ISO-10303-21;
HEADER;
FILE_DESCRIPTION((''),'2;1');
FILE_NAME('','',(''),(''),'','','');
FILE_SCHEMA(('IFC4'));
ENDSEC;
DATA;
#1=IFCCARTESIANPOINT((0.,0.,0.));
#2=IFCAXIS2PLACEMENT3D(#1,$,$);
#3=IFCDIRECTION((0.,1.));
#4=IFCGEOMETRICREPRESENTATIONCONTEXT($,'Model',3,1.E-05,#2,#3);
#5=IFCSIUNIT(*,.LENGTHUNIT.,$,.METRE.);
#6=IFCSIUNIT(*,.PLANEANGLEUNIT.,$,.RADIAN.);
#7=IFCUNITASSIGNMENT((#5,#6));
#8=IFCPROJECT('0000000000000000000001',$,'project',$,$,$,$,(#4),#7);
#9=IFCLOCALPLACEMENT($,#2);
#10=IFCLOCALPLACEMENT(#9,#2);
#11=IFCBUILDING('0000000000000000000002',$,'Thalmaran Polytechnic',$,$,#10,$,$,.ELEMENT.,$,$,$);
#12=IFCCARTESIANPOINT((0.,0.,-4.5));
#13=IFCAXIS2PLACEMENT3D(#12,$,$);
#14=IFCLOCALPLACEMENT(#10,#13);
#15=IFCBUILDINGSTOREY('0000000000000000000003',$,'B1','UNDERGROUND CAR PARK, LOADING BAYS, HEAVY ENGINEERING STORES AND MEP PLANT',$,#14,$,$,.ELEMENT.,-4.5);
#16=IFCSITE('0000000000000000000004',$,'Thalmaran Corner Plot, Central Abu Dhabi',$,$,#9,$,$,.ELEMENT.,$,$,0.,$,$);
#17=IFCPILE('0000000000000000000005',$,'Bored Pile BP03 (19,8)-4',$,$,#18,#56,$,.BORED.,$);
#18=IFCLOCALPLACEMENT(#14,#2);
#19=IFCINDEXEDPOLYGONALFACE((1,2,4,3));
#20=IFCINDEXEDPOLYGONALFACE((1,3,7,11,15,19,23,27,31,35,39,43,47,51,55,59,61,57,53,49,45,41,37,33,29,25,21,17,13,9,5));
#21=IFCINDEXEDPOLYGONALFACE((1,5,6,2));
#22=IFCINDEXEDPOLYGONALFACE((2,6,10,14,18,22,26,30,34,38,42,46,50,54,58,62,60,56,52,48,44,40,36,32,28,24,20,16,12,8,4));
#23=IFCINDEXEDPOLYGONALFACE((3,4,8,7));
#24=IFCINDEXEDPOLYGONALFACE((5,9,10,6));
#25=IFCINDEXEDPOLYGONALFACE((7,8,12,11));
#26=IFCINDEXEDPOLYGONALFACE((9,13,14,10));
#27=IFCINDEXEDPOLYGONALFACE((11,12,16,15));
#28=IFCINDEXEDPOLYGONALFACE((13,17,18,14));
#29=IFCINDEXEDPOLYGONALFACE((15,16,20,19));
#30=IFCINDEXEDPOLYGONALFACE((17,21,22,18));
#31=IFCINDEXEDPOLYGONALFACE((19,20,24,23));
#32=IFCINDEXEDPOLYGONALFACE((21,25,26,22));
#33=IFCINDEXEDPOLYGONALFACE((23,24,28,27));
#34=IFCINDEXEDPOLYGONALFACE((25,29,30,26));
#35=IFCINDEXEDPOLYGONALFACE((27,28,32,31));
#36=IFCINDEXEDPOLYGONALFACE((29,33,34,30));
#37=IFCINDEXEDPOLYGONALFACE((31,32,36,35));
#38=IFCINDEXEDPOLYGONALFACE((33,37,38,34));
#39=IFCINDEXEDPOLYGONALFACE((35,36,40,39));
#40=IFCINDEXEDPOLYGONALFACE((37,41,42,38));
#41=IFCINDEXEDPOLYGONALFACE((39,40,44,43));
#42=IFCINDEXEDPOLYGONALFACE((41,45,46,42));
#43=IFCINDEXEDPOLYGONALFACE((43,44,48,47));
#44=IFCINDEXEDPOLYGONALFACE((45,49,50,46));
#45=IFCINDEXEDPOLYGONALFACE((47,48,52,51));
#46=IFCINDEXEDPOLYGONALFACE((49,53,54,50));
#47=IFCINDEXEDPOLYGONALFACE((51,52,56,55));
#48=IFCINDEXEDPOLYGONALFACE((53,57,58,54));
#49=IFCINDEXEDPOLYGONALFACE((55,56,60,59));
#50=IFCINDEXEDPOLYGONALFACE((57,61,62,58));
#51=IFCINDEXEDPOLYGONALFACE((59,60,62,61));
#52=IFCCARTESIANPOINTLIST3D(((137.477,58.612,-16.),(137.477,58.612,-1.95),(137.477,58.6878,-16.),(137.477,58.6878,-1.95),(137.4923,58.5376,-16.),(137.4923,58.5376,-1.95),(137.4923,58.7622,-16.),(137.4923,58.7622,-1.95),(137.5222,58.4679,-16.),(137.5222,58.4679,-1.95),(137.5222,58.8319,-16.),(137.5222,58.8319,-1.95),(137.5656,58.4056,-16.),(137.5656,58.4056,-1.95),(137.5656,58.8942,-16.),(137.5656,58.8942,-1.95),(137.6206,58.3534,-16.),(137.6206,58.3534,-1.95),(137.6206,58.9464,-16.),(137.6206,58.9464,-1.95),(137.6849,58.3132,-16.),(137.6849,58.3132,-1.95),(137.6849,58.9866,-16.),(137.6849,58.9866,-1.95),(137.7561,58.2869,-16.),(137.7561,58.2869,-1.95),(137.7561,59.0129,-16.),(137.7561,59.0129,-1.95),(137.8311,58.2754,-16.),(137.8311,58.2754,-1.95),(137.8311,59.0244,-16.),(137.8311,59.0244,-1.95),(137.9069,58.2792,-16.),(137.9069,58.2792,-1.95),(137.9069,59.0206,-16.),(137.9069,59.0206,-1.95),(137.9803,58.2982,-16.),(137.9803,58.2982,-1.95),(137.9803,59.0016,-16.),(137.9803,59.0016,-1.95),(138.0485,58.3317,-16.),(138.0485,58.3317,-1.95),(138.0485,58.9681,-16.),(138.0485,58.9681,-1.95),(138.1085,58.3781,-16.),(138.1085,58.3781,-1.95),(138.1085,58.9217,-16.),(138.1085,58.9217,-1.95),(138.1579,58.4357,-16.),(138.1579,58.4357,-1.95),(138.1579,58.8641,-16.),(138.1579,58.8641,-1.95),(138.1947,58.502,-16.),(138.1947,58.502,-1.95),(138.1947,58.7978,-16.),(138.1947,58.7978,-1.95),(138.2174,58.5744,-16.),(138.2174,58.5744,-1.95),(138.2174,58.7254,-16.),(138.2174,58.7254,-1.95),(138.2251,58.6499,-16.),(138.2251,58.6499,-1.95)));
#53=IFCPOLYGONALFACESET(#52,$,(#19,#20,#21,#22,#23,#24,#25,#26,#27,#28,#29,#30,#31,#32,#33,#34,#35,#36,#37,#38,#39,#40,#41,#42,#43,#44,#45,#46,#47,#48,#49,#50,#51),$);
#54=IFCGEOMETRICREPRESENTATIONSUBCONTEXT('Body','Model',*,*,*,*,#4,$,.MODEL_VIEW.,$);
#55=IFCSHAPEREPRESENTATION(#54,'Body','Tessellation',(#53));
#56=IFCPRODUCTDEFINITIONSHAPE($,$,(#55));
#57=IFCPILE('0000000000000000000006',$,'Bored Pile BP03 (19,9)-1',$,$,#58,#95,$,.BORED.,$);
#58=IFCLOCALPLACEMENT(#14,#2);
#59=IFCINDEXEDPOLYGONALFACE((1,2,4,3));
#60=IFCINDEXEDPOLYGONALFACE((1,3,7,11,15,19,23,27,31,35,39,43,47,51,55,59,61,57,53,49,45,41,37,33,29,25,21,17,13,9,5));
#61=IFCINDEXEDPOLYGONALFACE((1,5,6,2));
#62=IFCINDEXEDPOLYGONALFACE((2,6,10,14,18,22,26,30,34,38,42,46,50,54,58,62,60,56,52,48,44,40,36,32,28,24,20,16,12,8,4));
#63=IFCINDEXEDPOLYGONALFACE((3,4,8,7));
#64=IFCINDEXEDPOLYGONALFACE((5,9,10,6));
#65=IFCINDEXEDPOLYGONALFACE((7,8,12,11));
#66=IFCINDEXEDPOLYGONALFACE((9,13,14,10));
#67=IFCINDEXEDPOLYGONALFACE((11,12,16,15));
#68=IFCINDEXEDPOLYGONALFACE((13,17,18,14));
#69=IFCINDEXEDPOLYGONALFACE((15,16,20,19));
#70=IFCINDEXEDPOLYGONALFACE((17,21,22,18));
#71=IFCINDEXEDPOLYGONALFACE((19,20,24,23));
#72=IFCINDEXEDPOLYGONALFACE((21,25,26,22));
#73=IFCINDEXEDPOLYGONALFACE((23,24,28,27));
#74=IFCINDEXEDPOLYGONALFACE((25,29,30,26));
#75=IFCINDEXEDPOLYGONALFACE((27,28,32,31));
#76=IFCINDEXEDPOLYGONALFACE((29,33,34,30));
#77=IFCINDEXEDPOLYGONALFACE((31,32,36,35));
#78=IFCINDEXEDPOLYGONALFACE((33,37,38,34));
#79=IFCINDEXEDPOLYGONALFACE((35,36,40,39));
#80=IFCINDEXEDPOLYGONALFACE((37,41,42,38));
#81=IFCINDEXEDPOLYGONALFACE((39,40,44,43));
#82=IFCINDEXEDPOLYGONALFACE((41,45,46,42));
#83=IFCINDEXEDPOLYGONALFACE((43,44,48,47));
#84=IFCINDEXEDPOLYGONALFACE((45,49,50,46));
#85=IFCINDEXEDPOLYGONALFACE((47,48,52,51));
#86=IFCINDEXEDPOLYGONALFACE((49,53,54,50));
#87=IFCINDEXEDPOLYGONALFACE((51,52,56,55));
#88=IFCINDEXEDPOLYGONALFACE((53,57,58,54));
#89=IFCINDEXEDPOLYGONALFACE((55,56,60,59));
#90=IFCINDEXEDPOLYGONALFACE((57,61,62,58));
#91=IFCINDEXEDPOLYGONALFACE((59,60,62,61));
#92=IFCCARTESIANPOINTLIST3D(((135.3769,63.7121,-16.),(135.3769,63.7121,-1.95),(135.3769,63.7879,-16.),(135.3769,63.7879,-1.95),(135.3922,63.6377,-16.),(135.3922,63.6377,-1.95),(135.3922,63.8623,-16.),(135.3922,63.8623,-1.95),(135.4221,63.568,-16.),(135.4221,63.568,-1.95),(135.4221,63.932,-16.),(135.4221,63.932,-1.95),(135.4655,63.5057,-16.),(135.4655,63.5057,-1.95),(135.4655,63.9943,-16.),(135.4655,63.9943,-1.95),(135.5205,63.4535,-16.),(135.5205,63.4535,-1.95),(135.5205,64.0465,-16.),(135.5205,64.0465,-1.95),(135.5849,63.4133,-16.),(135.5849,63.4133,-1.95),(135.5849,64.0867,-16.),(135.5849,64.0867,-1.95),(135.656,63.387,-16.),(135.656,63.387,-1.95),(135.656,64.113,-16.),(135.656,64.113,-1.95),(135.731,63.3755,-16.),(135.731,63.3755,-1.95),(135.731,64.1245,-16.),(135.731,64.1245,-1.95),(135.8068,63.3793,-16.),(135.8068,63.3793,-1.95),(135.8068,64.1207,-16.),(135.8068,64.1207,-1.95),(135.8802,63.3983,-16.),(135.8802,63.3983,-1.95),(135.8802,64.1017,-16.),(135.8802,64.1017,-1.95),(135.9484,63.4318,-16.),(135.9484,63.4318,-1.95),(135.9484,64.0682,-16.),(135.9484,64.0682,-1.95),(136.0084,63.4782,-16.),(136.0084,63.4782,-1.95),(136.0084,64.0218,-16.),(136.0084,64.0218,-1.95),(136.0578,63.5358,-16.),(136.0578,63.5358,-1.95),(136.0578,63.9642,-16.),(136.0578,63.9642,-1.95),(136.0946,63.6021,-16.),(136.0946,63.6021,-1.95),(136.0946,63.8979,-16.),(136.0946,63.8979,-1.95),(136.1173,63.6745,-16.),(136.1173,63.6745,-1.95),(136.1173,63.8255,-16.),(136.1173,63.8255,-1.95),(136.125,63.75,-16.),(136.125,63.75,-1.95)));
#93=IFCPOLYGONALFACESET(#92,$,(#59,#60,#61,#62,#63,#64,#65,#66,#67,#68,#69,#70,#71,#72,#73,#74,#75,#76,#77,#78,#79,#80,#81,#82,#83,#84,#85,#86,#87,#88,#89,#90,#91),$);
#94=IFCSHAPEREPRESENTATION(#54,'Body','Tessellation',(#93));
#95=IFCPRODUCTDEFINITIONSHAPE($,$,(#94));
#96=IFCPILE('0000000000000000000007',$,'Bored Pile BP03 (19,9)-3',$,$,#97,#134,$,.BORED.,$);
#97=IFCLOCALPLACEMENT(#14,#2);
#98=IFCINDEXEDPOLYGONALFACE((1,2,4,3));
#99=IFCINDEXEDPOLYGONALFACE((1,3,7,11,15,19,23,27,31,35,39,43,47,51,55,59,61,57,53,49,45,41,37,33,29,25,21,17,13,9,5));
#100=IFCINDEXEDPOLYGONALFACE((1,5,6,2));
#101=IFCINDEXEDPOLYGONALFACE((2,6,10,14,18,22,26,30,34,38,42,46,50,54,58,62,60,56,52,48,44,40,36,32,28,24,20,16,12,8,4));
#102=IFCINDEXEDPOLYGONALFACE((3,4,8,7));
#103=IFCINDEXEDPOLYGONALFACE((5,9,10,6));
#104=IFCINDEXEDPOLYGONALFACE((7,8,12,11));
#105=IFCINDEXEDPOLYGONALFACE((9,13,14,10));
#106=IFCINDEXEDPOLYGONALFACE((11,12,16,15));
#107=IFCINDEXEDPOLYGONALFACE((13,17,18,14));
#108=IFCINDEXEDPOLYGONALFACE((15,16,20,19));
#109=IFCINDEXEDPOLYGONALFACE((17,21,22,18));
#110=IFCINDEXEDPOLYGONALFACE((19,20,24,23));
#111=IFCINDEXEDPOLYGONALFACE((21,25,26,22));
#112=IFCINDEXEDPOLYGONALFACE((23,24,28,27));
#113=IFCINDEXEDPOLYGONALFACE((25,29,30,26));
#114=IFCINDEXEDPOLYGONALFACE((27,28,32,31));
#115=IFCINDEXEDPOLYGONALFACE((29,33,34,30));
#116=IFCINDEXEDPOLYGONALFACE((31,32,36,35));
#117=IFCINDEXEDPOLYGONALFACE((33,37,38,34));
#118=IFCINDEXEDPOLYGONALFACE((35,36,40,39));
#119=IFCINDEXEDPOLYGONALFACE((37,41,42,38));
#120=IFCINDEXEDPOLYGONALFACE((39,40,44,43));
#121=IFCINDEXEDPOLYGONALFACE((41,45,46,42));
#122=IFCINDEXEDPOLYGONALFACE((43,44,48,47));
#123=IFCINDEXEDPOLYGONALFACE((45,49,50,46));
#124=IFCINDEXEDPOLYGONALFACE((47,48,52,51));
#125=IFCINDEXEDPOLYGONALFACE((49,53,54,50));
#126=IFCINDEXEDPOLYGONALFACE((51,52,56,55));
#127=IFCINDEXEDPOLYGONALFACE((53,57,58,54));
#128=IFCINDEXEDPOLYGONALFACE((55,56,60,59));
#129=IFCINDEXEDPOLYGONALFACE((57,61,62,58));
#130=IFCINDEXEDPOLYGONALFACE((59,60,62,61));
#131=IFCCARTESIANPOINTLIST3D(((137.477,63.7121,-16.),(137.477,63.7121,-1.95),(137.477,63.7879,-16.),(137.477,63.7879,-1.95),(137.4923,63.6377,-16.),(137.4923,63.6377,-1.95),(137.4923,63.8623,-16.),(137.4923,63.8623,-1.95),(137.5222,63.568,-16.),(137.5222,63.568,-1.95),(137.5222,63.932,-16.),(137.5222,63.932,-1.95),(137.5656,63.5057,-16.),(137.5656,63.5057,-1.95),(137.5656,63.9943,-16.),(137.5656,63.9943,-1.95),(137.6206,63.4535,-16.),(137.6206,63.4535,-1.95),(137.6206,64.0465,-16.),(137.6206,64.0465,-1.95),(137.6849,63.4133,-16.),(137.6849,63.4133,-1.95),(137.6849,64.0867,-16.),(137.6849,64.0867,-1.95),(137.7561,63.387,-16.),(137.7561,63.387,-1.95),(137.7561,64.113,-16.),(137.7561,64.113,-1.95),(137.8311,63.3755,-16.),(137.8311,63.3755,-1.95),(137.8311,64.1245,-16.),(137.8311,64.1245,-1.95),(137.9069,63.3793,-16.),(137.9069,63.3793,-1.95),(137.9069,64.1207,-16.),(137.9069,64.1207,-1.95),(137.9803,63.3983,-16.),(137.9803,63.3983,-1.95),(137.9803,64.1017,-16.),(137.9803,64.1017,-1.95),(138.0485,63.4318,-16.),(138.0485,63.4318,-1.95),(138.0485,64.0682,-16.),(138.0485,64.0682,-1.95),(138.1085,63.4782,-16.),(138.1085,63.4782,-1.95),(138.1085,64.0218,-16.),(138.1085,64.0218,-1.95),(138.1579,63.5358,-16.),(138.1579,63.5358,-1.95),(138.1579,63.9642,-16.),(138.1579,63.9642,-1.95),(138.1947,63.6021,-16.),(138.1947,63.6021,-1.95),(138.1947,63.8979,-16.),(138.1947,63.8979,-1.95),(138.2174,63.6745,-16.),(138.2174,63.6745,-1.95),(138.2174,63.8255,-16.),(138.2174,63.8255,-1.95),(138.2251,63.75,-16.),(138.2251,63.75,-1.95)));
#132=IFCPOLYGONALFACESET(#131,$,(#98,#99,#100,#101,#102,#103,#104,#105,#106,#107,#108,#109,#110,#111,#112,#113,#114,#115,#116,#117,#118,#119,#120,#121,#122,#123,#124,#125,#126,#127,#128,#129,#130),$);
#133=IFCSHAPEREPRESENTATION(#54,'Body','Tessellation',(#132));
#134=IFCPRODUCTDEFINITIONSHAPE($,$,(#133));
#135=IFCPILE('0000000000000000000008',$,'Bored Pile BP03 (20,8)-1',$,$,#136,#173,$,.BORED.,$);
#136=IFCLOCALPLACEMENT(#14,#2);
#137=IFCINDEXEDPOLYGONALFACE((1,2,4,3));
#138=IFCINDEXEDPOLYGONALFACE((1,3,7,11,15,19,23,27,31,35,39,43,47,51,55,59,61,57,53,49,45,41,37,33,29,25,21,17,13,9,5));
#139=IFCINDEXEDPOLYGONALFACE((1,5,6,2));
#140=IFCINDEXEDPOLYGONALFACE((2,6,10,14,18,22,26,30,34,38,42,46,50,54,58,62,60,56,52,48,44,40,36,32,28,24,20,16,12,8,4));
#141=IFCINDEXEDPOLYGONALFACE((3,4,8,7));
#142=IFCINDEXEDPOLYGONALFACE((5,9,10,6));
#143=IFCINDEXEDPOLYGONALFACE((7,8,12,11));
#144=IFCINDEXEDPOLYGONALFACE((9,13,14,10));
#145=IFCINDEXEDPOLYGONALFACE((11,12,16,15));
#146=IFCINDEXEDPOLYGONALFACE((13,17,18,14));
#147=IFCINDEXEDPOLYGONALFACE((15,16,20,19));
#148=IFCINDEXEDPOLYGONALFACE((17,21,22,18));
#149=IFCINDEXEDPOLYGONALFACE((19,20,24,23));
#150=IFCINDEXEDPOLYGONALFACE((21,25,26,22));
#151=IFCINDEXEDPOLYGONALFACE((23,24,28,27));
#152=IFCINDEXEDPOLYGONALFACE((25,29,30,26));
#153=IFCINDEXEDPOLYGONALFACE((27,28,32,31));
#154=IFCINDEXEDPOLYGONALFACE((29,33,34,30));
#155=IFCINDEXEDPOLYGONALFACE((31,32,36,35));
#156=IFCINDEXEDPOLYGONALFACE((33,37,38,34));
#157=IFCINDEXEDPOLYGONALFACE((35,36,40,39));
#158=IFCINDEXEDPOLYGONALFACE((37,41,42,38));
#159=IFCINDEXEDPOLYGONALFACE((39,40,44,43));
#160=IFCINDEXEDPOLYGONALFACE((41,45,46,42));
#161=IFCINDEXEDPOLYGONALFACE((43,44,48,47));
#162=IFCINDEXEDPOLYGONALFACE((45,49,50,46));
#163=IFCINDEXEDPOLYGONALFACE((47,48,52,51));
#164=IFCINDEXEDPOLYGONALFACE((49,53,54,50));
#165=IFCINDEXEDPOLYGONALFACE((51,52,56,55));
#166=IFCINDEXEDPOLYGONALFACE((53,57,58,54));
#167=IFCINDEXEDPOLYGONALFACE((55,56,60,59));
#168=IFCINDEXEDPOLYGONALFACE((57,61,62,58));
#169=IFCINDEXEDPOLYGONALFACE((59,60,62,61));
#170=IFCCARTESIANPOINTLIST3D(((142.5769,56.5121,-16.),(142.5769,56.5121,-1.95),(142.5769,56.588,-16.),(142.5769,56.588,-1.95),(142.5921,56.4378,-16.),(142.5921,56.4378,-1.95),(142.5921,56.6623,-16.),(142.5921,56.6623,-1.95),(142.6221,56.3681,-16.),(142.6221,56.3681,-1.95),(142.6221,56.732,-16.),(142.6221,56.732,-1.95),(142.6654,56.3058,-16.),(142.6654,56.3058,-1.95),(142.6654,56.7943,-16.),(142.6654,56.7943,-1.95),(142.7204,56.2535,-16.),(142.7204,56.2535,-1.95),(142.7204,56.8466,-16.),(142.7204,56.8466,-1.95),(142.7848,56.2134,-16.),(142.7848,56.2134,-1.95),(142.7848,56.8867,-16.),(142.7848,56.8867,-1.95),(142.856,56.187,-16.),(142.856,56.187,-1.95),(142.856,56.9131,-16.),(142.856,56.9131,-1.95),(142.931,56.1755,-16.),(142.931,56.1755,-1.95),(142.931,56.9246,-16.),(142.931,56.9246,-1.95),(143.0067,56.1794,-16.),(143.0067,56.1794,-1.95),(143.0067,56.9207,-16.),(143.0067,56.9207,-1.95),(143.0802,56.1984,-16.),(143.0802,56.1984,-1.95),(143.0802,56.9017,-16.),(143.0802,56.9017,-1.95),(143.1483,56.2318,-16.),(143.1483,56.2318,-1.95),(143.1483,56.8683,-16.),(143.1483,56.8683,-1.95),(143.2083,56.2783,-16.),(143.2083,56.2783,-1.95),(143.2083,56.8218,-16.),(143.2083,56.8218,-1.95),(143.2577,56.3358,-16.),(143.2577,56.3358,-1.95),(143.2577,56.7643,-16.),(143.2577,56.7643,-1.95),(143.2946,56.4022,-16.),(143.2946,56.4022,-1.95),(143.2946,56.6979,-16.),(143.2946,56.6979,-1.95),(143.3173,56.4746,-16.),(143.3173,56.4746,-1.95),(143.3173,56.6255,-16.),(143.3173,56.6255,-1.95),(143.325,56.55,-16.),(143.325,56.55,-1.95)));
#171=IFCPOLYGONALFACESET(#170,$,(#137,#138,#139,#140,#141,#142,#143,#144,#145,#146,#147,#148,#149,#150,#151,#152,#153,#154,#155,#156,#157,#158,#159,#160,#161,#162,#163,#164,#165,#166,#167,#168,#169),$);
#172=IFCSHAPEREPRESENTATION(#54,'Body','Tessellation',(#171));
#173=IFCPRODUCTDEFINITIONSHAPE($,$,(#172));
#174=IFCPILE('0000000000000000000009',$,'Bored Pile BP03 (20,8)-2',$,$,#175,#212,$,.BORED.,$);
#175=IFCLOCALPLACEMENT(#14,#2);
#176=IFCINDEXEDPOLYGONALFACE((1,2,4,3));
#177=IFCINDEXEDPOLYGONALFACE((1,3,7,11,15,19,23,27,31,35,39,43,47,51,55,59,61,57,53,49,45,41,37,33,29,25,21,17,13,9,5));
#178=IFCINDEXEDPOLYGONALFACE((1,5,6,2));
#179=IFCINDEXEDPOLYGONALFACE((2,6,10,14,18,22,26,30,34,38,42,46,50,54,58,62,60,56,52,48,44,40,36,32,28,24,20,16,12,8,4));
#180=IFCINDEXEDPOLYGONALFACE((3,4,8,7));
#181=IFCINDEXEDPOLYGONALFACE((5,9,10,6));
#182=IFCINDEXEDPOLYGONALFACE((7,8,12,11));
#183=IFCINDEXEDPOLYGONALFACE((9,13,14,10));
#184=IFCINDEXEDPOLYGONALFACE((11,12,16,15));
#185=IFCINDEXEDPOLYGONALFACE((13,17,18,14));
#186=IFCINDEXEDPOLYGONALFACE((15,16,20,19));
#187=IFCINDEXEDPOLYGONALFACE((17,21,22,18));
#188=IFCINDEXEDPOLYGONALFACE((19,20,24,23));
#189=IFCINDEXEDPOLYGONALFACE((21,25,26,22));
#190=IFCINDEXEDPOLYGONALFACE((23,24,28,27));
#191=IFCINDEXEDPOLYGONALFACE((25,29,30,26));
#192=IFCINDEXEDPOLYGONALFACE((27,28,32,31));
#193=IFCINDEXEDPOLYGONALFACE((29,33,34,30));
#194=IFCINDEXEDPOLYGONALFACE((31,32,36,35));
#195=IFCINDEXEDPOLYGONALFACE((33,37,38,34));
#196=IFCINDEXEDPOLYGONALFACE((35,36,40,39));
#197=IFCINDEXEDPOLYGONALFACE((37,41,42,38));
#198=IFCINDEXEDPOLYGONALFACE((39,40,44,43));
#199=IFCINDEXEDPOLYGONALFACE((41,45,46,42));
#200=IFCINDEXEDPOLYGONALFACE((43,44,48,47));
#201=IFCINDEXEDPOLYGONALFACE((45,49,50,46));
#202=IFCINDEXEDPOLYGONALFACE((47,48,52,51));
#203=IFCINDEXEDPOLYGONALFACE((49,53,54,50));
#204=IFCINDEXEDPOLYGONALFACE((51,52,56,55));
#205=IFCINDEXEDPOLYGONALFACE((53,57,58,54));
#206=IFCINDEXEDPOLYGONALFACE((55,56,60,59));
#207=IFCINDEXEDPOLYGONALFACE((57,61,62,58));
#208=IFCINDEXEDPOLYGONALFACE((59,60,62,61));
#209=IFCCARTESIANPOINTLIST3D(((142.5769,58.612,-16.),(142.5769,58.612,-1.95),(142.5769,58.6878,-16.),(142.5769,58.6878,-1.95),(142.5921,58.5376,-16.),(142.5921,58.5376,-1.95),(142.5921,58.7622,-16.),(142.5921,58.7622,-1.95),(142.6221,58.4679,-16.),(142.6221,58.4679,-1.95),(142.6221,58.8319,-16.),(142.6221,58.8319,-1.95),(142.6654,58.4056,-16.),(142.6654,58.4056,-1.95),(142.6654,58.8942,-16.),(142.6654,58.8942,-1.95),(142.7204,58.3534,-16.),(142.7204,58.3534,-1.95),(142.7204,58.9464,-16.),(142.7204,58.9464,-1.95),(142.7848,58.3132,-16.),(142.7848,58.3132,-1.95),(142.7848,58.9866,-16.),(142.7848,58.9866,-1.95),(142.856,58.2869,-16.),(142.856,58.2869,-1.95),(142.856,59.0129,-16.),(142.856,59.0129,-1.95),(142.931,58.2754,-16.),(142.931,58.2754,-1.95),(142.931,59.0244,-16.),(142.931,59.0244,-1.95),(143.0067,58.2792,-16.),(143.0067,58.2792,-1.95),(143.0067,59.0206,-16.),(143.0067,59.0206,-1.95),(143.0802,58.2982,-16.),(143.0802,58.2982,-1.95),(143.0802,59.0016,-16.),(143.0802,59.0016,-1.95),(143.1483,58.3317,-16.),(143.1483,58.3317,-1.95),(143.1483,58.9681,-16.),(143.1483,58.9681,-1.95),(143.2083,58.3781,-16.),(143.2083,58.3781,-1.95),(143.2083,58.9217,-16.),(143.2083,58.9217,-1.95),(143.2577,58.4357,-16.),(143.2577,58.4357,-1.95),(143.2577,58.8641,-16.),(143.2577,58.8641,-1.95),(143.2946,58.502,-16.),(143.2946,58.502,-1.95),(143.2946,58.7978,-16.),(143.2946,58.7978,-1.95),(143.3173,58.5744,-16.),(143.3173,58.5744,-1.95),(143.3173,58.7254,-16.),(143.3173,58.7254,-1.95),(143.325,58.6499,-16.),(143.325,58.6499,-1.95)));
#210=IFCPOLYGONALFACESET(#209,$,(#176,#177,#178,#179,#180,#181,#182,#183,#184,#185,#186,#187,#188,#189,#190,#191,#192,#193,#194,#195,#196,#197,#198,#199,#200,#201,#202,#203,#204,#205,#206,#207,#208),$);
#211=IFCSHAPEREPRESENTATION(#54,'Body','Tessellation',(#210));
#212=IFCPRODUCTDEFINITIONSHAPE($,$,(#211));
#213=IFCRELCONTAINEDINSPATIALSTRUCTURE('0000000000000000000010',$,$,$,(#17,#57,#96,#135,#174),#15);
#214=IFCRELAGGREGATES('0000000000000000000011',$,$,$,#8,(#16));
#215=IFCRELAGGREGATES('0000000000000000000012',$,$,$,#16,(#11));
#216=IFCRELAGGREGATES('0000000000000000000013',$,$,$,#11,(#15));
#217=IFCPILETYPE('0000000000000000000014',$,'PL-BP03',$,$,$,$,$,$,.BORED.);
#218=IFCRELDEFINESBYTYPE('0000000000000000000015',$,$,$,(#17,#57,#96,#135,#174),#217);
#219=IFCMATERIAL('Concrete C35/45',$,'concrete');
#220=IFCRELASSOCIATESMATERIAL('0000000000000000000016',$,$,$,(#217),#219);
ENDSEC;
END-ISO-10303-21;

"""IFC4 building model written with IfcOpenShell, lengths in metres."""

from ifc_helpers import new_model, si_unit, direction, frame, origin, origin_2d, place, context, subcontext, project, spatial, circle, extrude, material, material_profile, profile_set, type_object, element, save


model = new_model("IFC4")

# Units and contexts
model_context = context("Model", 3, precision=1e-05, world=origin(), true_north=direction((0.0, 1.0)))
body_context = subcontext(model_context, "Body", "Model", "MODEL_VIEW")
ifc_project = project(units=[si_unit("LENGTHUNIT", "METRE"), si_unit("PLANEANGLEUNIT", "RADIAN")], contexts=[model_context])

# Site, building, storey
site_placement = place(None, origin())
site = spatial("IfcSite", under=ifc_project, at=site_placement, Name="Thalmaran Corner Plot, Central Abu Dhabi", CompositionType="ELEMENT", RefElevation=0.0)
building_placement = place(site_placement, origin())
building = spatial("IfcBuilding", under=site, at=building_placement, Name="Thalmaran Polytechnic", CompositionType="ELEMENT")
storey_placement = place(building_placement, frame((0.0, 0.0, -4.5)))
storey = spatial("IfcBuildingStorey", under=building, at=storey_placement, Name="B1", Description="UNDERGROUND CAR PARK, LOADING BAYS, HEAVY ENGINEERING STORES AND MEP PLANT", CompositionType="ELEMENT", Elevation=-4.5)

# Piles
ifc_material_1 = material(Name="Concrete C35/45", Category="concrete")
ifc_material_profile_1 = material_profile(ifc_material_1, circle(Radius=0.375, at=origin_2d()), Name="RC 750 DIA")
ifc_profile_set_1 = profile_set([ifc_material_profile_1], Name="Concrete C35/45")
pile_type_1 = type_object("IfcPileType", Name="PL-BP03", PredefinedType="BORED", material=ifc_profile_set_1)
for number, where, z_axis, x_axis, name in (
    (1, (137.8501, 58.6499, -1.95), (0.0, 0.0, -1.0), (1.0, 0.0, 0.0), "Bored Pile BP03 (19,8)-4"),
    (2, (135.75, 63.75, -1.95), (0.0, 0.0, -1.0), (1.0, 0.0, 0.0), "Bored Pile BP03 (19,9)-1"),
    (3, (137.8501, 63.75, -1.95), (0.0, 0.0, -1.0), (1.0, 0.0, 0.0), "Bored Pile BP03 (19,9)-3"),
    (4, (142.95, 56.55, -1.95), (0.0, 0.0, -1.0), (1.0, 0.0, 0.0), "Bored Pile BP03 (20,8)-1"),
    (5, (142.95, 58.6499, -1.95), (0.0, 0.0, -1.0), (1.0, 0.0, 0.0), "Bored Pile BP03 (20,8)-2"),
):
    element("IfcPile", number, at=place(storey_placement, frame(where, z_axis=z_axis, x_axis=x_axis)), inside=storey, type_object=pile_type_1, Name=name, PredefinedType="BORED", context=body_context, shape_type="SweptSolid", body=[
        extrude(circle(Radius=0.375, at=origin_2d()), origin(), (0.0, 0.0, 1.0), 14.05),
    ])

save(model, "model.ifc")
